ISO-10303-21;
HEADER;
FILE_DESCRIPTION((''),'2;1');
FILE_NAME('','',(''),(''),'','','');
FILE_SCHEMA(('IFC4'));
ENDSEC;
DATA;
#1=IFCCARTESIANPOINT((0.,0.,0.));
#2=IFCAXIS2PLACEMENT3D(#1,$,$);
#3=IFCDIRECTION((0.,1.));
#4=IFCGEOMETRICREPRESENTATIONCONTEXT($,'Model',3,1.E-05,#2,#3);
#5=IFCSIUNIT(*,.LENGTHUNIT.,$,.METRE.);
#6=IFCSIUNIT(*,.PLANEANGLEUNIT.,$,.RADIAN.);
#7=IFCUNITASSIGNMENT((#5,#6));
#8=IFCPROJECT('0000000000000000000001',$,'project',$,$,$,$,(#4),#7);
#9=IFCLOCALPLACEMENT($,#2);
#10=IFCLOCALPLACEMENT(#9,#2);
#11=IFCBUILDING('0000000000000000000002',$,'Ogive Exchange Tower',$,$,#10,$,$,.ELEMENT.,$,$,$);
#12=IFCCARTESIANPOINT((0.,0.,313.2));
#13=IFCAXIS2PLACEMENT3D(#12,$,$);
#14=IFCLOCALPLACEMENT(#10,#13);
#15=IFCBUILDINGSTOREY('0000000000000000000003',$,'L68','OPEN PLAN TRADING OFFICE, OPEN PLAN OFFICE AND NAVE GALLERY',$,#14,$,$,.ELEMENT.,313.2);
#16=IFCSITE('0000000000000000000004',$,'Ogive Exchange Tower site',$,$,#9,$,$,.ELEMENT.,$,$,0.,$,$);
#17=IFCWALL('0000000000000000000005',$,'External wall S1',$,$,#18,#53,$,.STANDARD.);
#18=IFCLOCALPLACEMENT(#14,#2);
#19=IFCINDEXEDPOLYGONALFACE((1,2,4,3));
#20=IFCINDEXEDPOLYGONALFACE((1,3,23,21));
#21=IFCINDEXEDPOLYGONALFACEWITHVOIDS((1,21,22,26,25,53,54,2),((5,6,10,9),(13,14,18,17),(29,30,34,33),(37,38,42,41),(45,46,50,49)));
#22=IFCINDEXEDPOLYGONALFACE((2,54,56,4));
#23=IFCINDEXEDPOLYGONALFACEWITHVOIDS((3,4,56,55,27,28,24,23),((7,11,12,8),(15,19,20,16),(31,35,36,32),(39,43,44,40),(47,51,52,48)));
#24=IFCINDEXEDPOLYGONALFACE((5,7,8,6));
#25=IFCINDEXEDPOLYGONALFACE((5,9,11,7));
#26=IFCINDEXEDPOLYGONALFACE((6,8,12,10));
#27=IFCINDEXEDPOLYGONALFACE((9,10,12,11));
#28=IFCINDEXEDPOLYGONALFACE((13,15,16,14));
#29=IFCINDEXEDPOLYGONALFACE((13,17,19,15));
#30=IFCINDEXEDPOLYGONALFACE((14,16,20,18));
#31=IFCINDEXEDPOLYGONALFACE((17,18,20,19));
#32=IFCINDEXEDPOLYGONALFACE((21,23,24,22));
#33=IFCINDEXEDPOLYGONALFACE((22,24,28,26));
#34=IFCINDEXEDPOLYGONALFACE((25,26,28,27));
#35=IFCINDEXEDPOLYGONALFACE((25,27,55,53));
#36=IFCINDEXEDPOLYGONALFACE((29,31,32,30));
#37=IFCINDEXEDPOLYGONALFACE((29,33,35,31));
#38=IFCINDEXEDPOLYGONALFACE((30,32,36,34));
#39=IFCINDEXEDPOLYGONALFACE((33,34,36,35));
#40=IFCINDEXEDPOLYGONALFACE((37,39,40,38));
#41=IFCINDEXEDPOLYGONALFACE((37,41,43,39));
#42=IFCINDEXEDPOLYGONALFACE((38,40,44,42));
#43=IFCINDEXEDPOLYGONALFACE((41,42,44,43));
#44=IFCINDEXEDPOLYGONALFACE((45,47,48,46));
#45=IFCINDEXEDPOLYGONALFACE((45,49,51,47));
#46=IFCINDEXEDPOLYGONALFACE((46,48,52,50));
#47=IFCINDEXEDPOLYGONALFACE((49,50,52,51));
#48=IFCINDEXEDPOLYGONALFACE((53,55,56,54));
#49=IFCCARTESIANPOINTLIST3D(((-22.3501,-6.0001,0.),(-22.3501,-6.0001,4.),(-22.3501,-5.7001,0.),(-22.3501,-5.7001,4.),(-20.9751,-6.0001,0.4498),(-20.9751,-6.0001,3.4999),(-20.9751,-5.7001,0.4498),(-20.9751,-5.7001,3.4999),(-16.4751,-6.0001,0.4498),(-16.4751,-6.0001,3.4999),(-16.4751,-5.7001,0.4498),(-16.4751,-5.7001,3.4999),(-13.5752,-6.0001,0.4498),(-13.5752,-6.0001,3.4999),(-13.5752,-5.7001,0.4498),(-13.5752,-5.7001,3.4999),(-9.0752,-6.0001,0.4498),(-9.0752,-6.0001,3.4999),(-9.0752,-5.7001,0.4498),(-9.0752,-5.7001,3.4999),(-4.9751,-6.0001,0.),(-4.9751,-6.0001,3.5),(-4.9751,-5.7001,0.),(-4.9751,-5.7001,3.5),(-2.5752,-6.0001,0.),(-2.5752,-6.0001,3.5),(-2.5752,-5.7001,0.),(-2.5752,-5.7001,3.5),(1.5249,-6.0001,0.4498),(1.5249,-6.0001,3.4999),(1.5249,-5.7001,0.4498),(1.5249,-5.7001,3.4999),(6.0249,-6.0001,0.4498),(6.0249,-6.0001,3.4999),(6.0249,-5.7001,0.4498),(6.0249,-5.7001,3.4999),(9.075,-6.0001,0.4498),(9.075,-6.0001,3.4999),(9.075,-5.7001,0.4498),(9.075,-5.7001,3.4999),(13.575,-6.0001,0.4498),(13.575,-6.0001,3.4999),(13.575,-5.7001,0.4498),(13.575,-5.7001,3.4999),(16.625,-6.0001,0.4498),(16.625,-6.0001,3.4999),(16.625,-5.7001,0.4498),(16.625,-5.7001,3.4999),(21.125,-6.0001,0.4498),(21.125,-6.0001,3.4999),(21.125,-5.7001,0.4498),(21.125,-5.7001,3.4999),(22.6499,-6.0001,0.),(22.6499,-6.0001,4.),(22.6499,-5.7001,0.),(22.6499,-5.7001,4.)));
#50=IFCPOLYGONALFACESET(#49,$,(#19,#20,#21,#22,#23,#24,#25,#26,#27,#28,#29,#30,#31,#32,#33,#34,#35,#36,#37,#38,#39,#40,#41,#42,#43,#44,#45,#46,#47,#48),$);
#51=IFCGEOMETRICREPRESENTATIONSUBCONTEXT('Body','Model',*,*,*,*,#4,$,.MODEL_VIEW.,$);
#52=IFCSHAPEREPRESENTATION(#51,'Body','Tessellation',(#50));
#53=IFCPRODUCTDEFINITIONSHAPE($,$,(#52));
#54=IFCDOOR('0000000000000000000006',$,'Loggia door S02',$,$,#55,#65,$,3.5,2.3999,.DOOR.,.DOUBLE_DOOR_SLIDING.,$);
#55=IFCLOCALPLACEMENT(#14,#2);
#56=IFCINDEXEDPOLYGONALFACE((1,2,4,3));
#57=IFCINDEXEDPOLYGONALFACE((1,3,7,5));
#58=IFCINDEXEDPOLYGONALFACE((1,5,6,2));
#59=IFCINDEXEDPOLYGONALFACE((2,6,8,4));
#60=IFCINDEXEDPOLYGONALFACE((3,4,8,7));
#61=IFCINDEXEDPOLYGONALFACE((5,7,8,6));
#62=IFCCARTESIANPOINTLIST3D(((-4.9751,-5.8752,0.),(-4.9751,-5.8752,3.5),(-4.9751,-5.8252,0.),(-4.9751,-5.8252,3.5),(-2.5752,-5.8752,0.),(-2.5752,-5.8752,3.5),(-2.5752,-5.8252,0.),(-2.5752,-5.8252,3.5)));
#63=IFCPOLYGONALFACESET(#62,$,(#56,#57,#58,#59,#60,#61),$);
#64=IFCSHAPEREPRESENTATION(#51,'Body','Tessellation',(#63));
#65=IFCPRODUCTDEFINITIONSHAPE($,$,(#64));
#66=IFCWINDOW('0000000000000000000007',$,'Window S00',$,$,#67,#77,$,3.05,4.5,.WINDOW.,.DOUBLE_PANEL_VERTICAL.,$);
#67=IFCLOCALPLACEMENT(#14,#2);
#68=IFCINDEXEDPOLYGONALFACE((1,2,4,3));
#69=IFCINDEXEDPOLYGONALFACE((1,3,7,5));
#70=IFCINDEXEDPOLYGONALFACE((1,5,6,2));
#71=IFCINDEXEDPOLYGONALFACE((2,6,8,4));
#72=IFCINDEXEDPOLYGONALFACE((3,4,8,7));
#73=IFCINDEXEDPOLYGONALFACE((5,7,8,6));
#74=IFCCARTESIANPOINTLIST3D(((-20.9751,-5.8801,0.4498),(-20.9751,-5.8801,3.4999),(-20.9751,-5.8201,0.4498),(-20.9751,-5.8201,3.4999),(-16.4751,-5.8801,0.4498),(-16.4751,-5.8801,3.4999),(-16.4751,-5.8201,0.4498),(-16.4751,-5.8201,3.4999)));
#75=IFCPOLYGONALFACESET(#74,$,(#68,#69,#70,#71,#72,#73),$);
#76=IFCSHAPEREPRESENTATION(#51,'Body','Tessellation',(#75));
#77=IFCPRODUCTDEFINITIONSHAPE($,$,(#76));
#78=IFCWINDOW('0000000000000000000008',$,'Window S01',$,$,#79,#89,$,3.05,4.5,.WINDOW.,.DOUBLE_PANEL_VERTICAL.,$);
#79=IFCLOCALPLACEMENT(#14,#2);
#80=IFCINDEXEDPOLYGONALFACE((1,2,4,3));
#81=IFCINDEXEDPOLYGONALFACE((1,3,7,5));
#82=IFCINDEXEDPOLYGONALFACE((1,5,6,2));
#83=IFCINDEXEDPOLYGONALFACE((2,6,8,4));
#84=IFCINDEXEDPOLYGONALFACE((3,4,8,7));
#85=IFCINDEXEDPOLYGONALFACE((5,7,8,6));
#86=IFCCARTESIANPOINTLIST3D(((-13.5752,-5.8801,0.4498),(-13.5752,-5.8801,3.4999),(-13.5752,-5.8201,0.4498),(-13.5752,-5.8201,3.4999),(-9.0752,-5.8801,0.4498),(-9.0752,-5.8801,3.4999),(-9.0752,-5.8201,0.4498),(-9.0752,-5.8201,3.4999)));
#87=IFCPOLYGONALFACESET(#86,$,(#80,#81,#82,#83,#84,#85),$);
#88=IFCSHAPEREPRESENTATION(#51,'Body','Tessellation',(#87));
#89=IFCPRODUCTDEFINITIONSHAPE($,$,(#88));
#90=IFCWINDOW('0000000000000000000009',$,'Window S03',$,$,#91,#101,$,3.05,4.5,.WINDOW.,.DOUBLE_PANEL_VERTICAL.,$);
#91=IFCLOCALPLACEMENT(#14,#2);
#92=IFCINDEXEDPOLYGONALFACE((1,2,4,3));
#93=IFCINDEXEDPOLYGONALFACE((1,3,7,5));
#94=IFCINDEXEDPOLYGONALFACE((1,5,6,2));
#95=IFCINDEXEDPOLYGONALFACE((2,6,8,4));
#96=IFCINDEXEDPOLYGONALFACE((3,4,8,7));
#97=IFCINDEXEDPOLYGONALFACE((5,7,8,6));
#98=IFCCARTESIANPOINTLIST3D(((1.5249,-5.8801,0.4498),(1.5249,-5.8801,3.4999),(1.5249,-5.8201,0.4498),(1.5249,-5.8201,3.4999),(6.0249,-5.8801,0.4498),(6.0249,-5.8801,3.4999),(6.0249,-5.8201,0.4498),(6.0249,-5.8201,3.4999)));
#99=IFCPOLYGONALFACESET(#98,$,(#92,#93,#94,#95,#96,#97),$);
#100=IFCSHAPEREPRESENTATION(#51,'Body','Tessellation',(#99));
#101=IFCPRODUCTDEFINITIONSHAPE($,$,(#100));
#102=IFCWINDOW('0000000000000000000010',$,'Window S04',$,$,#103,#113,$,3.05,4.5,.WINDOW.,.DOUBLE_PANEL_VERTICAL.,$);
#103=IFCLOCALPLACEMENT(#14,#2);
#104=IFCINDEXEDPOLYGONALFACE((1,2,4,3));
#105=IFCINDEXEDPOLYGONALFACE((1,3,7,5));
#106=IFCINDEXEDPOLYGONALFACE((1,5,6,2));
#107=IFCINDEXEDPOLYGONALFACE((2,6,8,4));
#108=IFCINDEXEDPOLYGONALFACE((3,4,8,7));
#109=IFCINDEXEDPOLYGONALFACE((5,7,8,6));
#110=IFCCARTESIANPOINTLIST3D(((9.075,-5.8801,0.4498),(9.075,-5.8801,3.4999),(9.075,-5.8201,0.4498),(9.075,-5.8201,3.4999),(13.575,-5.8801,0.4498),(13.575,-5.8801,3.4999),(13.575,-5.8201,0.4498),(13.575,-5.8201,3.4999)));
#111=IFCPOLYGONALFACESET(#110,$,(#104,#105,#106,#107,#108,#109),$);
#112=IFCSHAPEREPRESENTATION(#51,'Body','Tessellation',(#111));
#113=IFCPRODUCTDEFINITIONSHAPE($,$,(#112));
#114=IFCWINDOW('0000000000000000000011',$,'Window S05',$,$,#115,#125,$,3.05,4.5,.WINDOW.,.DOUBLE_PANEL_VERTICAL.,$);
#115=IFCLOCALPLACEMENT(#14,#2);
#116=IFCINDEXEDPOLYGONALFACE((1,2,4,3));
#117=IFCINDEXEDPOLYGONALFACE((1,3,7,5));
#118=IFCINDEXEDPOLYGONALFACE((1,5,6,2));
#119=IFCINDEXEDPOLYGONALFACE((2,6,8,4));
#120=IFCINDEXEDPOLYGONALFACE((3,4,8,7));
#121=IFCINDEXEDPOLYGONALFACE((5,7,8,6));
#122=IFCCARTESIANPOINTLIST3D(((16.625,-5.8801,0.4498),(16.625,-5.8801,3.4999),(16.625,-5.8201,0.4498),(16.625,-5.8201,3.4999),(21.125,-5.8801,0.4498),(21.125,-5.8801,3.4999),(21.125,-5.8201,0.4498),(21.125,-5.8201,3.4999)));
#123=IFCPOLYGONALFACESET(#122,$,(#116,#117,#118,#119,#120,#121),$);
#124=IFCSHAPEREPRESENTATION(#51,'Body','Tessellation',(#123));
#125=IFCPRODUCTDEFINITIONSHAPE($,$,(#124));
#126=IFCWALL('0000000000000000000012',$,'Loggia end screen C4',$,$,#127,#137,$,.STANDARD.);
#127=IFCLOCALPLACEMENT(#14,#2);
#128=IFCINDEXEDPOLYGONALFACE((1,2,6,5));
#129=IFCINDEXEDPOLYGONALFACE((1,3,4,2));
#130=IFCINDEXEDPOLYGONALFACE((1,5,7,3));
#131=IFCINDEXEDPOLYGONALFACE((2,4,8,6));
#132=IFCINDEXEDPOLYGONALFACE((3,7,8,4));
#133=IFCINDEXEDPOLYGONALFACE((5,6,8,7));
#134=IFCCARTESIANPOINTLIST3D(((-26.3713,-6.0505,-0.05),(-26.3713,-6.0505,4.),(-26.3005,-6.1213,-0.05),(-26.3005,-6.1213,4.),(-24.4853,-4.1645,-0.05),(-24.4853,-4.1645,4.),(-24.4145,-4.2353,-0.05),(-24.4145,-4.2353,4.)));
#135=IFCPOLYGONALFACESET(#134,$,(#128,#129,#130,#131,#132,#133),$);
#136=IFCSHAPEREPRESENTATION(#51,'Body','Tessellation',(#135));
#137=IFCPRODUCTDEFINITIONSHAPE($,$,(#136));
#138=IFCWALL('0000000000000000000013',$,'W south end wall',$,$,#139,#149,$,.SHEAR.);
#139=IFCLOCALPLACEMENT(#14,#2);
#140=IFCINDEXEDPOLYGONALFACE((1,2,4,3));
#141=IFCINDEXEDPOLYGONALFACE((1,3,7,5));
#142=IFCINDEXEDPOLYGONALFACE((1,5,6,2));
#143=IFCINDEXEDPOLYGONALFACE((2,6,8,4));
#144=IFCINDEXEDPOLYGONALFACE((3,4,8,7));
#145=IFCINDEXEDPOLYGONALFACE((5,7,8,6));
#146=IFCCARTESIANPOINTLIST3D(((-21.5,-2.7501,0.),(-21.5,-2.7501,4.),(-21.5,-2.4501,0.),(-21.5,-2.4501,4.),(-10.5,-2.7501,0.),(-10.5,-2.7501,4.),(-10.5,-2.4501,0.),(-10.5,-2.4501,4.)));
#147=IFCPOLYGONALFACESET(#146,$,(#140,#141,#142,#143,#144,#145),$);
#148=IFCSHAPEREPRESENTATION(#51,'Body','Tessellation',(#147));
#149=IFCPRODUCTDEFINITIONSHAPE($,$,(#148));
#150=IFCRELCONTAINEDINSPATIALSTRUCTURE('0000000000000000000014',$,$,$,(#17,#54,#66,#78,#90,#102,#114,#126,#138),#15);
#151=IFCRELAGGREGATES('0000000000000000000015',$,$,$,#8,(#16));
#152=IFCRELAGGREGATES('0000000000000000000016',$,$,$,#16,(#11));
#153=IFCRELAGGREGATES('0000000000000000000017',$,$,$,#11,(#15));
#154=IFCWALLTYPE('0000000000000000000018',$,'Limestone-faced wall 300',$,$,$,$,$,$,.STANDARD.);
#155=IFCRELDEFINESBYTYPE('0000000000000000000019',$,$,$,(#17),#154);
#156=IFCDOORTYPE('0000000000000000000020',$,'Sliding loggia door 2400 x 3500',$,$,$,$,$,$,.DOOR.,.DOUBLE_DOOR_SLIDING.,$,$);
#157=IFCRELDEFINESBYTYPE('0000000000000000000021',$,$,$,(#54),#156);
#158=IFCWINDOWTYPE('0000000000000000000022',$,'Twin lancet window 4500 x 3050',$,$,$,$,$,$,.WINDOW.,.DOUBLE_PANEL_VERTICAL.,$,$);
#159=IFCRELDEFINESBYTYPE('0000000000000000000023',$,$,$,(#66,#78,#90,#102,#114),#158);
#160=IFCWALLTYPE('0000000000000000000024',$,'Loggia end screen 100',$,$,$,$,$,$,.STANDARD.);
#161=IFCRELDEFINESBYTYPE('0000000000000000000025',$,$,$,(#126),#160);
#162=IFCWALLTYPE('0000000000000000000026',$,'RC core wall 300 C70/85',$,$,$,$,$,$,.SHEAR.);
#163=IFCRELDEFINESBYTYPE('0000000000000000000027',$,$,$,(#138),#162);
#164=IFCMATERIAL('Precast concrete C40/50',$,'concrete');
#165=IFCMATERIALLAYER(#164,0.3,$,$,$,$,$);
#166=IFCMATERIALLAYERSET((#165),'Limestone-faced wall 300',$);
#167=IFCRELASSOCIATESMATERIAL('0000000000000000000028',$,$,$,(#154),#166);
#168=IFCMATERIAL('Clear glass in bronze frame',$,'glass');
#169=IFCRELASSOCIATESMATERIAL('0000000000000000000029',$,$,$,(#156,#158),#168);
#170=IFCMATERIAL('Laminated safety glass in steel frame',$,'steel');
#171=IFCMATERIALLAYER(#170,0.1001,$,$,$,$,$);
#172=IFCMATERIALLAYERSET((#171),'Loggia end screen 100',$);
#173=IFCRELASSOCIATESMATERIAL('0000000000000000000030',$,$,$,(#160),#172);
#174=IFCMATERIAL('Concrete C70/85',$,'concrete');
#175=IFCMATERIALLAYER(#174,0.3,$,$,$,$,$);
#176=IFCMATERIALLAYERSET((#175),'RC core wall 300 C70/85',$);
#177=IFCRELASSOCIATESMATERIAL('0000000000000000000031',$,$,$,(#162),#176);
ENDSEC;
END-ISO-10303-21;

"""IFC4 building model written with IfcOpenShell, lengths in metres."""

from ifc_helpers import new_model, si_unit, direction, frame, frame_2d, origin, place, context, subcontext, project, spatial, rectangle, extrude, material, layer, layer_set, type_object, element, fill, save


model = new_model("IFC4")

# Units and contexts
model_context = context("Model", 3, precision=1e-05, world=origin(), true_north=direction((0.0, 1.0)))
body_context = subcontext(model_context, "Body", "Model", "MODEL_VIEW")
ifc_project = project(units=[si_unit("LENGTHUNIT", "METRE"), si_unit("PLANEANGLEUNIT", "RADIAN")], contexts=[model_context])

# Site, building, storey
site_placement = place(None, origin())
site = spatial("IfcSite", under=ifc_project, at=site_placement, Name="Ogive Exchange Tower site", CompositionType="ELEMENT", RefElevation=0.0)
building_placement = place(site_placement, origin())
building = spatial("IfcBuilding", under=site, at=building_placement, Name="Ogive Exchange Tower", CompositionType="ELEMENT")
storey_placement = place(building_placement, frame((0.0, 0.0, 313.2)))
storey = spatial("IfcBuildingStorey", under=building, at=storey_placement, Name="L68", Description="OPEN PLAN TRADING OFFICE, OPEN PLAN OFFICE AND NAVE GALLERY", CompositionType="ELEMENT", Elevation=313.2)

# Wall, openings, door, windows
ifc_material_1 = material(Name="Precast concrete C40/50", Category="concrete")
ifc_layer_1 = layer(ifc_material_1, 0.3)
ifc_layer_set_1 = layer_set([ifc_layer_1], Name="Limestone-faced wall 300")
wall_type_1 = type_object("IfcWallType", Name="Limestone-faced wall 300", PredefinedType="STANDARD", material=ifc_layer_set_1)
wall_1_placement = place(storey_placement, frame((-22.3501, -5.8501, 0.0), z_axis=(0.0, 0.0, 1.0), x_axis=(1.0, 0.0, 0.0)))
wall_1 = element("IfcWall", 1, at=wall_1_placement, inside=storey, type_object=wall_type_1, Name="External wall S1", PredefinedType="STANDARD", context=body_context, shape_type="SweptSolid", body=[
    extrude(rectangle(XDim=45.0, YDim=0.3, at=frame_2d((22.5, 0.0))), origin(), (0.0, 0.0, 1.0), 4.0),
])
opening_1_placement = place(wall_1_placement, frame((1.375, 0.0, 0.45)))
opening_1 = element("IfcOpeningElement", 2, at=opening_1_placement, cuts=wall_1, PredefinedType="OPENING", context=body_context, shape_type="SweptSolid", body=[
    extrude(rectangle(XDim=4.5, YDim=3.05, at=frame_2d((2.25, 1.5249))), frame((0.0, 0.1599, 0.0), z_axis=(0.0, -1.0, 0.0), x_axis=(1.0, 0.0, 0.0)), (0.0, 0.0, 1.0), 0.3201),
])
opening_2_placement = place(wall_1_placement, frame((8.7749, 0.0, 0.45)))
opening_2 = element("IfcOpeningElement", 3, at=opening_2_placement, cuts=wall_1, PredefinedType="OPENING", context=body_context, shape_type="SweptSolid", body=[
    extrude(rectangle(XDim=4.5, YDim=3.05, at=frame_2d((2.25, 1.5249))), frame((0.0, 0.1599, 0.0), z_axis=(0.0, -1.0, 0.0), x_axis=(1.0, 0.0, 0.0)), (0.0, 0.0, 1.0), 0.3201),
])
opening_3_placement = place(wall_1_placement, frame((17.375, 0.0, 0.0)))
opening_3 = element("IfcOpeningElement", 4, at=opening_3_placement, cuts=wall_1, PredefinedType="OPENING", context=body_context, shape_type="SweptSolid", body=[
    extrude(rectangle(XDim=2.3999, YDim=3.5, at=frame_2d((1.2, 1.75))), frame((0.0, 0.1599, 0.0), z_axis=(0.0, -1.0, 0.0), x_axis=(1.0, 0.0, 0.0)), (0.0, 0.0, 1.0), 0.3201),
])
opening_4_placement = place(wall_1_placement, frame((23.875, 0.0, 0.45)))
opening_4 = element("IfcOpeningElement", 5, at=opening_4_placement, cuts=wall_1, PredefinedType="OPENING", context=body_context, shape_type="SweptSolid", body=[
    extrude(rectangle(XDim=4.5, YDim=3.05, at=frame_2d((2.25, 1.5249))), frame((0.0, 0.1599, 0.0), z_axis=(0.0, -1.0, 0.0), x_axis=(1.0, 0.0, 0.0)), (0.0, 0.0, 1.0), 0.3201),
])
opening_5_placement = place(wall_1_placement, frame((31.425, 0.0, 0.45)))
opening_5 = element("IfcOpeningElement", 6, at=opening_5_placement, cuts=wall_1, PredefinedType="OPENING", context=body_context, shape_type="SweptSolid", body=[
    extrude(rectangle(XDim=4.5, YDim=3.05, at=frame_2d((2.25, 1.5249))), frame((0.0, 0.1599, 0.0), z_axis=(0.0, -1.0, 0.0), x_axis=(1.0, 0.0, 0.0)), (0.0, 0.0, 1.0), 0.3201),
])
opening_6_placement = place(wall_1_placement, frame((38.9751, 0.0, 0.45)))
opening_6 = element("IfcOpeningElement", 7, at=opening_6_placement, cuts=wall_1, PredefinedType="OPENING", context=body_context, shape_type="SweptSolid", body=[
    extrude(rectangle(XDim=4.5, YDim=3.05, at=frame_2d((2.25, 1.5249))), frame((0.0, 0.1599, 0.0), z_axis=(0.0, -1.0, 0.0), x_axis=(1.0, 0.0, 0.0)), (0.0, 0.0, 1.0), 0.3201),
])
ifc_material_2 = material(Name="Clear glass in bronze frame", Category="glass")
door_type_1 = type_object("IfcDoorType", Name="Sliding loggia door 2400 x 3500", OperationType="DOUBLE_DOOR_SLIDING", PredefinedType="DOOR", material=ifc_material_2)
door_1_placement = place(opening_3_placement, origin())
door_1 = element("IfcDoor", 8, at=door_1_placement, inside=storey, type_object=door_type_1, Name="Loggia door S02", OperationType="DOUBLE_DOOR_SLIDING", OverallHeight=3.5, OverallWidth=2.3999, PredefinedType="DOOR", context=body_context, shape_type="SweptSolid", body=[
    extrude(rectangle(XDim=2.3999, YDim=3.5, at=frame_2d((1.2, 1.75))), frame((0.0, 0.0249, 0.0), z_axis=(0.0, -1.0, 0.0), x_axis=(1.0, 0.0, 0.0)), (0.0, 0.0, 1.0), 0.05),
])
fill(opening_3, door_1)
window_type = type_object("IfcWindowType", Name="Twin lancet window 4500 x 3050", PartitioningType="DOUBLE_PANEL_VERTICAL", PredefinedType="WINDOW", material=ifc_material_2)
window_1_placement = place(opening_1_placement, origin())
window_1 = element("IfcWindow", 9, at=window_1_placement, inside=storey, type_object=window_type, Name="Window S00", OverallHeight=3.05, OverallWidth=4.5, PartitioningType="DOUBLE_PANEL_VERTICAL", PredefinedType="WINDOW", context=body_context, shape_type="SweptSolid", body=[
    extrude(rectangle(XDim=4.5, YDim=3.05, at=frame_2d((2.25, 1.5249))), frame((0.0, 0.03, 0.0), z_axis=(0.0, -1.0, 0.0), x_axis=(1.0, 0.0, 0.0)), (0.0, 0.0, 1.0), 0.0601),
])
fill(opening_1, window_1)
window_2_placement = place(opening_2_placement, origin())
window_2 = element("IfcWindow", 10, at=window_2_placement, inside=storey, type_object=window_type, Name="Window S01", OverallHeight=3.05, OverallWidth=4.5, PartitioningType="DOUBLE_PANEL_VERTICAL", PredefinedType="WINDOW", context=body_context, shape_type="SweptSolid", body=[
    extrude(rectangle(XDim=4.5, YDim=3.05, at=frame_2d((2.25, 1.5249))), frame((0.0, 0.03, 0.0), z_axis=(0.0, -1.0, 0.0), x_axis=(1.0, 0.0, 0.0)), (0.0, 0.0, 1.0), 0.0601),
])
fill(opening_2, window_2)
window_3_placement = place(opening_4_placement, origin())
window_3 = element("IfcWindow", 11, at=window_3_placement, inside=storey, type_object=window_type, Name="Window S03", OverallHeight=3.05, OverallWidth=4.5, PartitioningType="DOUBLE_PANEL_VERTICAL", PredefinedType="WINDOW", context=body_context, shape_type="SweptSolid", body=[
    extrude(rectangle(XDim=4.5, YDim=3.05, at=frame_2d((2.25, 1.5249))), frame((0.0, 0.03, 0.0), z_axis=(0.0, -1.0, 0.0), x_axis=(1.0, 0.0, 0.0)), (0.0, 0.0, 1.0), 0.0601),
])
fill(opening_4, window_3)
window_4_placement = place(opening_5_placement, origin())
window_4 = element("IfcWindow", 12, at=window_4_placement, inside=storey, type_object=window_type, Name="Window S04", OverallHeight=3.05, OverallWidth=4.5, PartitioningType="DOUBLE_PANEL_VERTICAL", PredefinedType="WINDOW", context=body_context, shape_type="SweptSolid", body=[
    extrude(rectangle(XDim=4.5, YDim=3.05, at=frame_2d((2.25, 1.5249))), frame((0.0, 0.03, 0.0), z_axis=(0.0, -1.0, 0.0), x_axis=(1.0, 0.0, 0.0)), (0.0, 0.0, 1.0), 0.0601),
])
fill(opening_5, window_4)
window_5_placement = place(opening_6_placement, origin())
window_5 = element("IfcWindow", 13, at=window_5_placement, inside=storey, type_object=window_type, Name="Window S05", OverallHeight=3.05, OverallWidth=4.5, PartitioningType="DOUBLE_PANEL_VERTICAL", PredefinedType="WINDOW", context=body_context, shape_type="SweptSolid", body=[
    extrude(rectangle(XDim=4.5, YDim=3.05, at=frame_2d((2.25, 1.5249))), frame((0.0, 0.03, 0.0), z_axis=(0.0, -1.0, 0.0), x_axis=(1.0, 0.0, 0.0)), (0.0, 0.0, 1.0), 0.0601),
])
fill(opening_6, window_5)

# Walls
ifc_material_3 = material(Name="Laminated safety glass in steel frame", Category="steel")
ifc_layer_2 = layer(ifc_material_3, 0.1001)
ifc_layer_set_2 = layer_set([ifc_layer_2], Name="Loggia end screen 100")
wall_type_2 = type_object("IfcWallType", Name="Loggia end screen 100", PredefinedType="STANDARD", material=ifc_layer_set_2)
wall_2_placement = place(storey_placement, frame((-24.45, -4.2, -0.05), z_axis=(0.0, 0.0, 1.0), x_axis=(-0.707107, -0.707107, 0.0)))
element("IfcWall", 14, at=wall_2_placement, inside=storey, type_object=wall_type_2, Name="Loggia end screen C4", PredefinedType="STANDARD", context=body_context, shape_type="SweptSolid", body=[
    extrude(rectangle(XDim=2.6672, YDim=0.1001, at=frame_2d((1.3335, 0.0))), origin(), (0.0, 0.0, 1.0), 4.05),
])
ifc_material_4 = material(Name="Concrete C70/85", Category="concrete")
ifc_layer_3 = layer(ifc_material_4, 0.3)
ifc_layer_set_3 = layer_set([ifc_layer_3], Name="RC core wall 300 C70/85")
wall_type_3 = type_object("IfcWallType", Name="RC core wall 300 C70/85", PredefinedType="SHEAR", material=ifc_layer_set_3)
wall_3_placement = place(storey_placement, frame((-21.5, -2.6001, 0.0), z_axis=(0.0, 0.0, 1.0), x_axis=(1.0, 0.0, 0.0)))
element("IfcWall", 15, at=wall_3_placement, inside=storey, type_object=wall_type_3, Name="W south end wall", PredefinedType="SHEAR", context=body_context, shape_type="SweptSolid", body=[
    extrude(rectangle(XDim=11.0, YDim=0.3, at=frame_2d((5.5, 0.0))), origin(), (0.0, 0.0, 1.0), 4.0),
])

save(model, "model.ifc")
